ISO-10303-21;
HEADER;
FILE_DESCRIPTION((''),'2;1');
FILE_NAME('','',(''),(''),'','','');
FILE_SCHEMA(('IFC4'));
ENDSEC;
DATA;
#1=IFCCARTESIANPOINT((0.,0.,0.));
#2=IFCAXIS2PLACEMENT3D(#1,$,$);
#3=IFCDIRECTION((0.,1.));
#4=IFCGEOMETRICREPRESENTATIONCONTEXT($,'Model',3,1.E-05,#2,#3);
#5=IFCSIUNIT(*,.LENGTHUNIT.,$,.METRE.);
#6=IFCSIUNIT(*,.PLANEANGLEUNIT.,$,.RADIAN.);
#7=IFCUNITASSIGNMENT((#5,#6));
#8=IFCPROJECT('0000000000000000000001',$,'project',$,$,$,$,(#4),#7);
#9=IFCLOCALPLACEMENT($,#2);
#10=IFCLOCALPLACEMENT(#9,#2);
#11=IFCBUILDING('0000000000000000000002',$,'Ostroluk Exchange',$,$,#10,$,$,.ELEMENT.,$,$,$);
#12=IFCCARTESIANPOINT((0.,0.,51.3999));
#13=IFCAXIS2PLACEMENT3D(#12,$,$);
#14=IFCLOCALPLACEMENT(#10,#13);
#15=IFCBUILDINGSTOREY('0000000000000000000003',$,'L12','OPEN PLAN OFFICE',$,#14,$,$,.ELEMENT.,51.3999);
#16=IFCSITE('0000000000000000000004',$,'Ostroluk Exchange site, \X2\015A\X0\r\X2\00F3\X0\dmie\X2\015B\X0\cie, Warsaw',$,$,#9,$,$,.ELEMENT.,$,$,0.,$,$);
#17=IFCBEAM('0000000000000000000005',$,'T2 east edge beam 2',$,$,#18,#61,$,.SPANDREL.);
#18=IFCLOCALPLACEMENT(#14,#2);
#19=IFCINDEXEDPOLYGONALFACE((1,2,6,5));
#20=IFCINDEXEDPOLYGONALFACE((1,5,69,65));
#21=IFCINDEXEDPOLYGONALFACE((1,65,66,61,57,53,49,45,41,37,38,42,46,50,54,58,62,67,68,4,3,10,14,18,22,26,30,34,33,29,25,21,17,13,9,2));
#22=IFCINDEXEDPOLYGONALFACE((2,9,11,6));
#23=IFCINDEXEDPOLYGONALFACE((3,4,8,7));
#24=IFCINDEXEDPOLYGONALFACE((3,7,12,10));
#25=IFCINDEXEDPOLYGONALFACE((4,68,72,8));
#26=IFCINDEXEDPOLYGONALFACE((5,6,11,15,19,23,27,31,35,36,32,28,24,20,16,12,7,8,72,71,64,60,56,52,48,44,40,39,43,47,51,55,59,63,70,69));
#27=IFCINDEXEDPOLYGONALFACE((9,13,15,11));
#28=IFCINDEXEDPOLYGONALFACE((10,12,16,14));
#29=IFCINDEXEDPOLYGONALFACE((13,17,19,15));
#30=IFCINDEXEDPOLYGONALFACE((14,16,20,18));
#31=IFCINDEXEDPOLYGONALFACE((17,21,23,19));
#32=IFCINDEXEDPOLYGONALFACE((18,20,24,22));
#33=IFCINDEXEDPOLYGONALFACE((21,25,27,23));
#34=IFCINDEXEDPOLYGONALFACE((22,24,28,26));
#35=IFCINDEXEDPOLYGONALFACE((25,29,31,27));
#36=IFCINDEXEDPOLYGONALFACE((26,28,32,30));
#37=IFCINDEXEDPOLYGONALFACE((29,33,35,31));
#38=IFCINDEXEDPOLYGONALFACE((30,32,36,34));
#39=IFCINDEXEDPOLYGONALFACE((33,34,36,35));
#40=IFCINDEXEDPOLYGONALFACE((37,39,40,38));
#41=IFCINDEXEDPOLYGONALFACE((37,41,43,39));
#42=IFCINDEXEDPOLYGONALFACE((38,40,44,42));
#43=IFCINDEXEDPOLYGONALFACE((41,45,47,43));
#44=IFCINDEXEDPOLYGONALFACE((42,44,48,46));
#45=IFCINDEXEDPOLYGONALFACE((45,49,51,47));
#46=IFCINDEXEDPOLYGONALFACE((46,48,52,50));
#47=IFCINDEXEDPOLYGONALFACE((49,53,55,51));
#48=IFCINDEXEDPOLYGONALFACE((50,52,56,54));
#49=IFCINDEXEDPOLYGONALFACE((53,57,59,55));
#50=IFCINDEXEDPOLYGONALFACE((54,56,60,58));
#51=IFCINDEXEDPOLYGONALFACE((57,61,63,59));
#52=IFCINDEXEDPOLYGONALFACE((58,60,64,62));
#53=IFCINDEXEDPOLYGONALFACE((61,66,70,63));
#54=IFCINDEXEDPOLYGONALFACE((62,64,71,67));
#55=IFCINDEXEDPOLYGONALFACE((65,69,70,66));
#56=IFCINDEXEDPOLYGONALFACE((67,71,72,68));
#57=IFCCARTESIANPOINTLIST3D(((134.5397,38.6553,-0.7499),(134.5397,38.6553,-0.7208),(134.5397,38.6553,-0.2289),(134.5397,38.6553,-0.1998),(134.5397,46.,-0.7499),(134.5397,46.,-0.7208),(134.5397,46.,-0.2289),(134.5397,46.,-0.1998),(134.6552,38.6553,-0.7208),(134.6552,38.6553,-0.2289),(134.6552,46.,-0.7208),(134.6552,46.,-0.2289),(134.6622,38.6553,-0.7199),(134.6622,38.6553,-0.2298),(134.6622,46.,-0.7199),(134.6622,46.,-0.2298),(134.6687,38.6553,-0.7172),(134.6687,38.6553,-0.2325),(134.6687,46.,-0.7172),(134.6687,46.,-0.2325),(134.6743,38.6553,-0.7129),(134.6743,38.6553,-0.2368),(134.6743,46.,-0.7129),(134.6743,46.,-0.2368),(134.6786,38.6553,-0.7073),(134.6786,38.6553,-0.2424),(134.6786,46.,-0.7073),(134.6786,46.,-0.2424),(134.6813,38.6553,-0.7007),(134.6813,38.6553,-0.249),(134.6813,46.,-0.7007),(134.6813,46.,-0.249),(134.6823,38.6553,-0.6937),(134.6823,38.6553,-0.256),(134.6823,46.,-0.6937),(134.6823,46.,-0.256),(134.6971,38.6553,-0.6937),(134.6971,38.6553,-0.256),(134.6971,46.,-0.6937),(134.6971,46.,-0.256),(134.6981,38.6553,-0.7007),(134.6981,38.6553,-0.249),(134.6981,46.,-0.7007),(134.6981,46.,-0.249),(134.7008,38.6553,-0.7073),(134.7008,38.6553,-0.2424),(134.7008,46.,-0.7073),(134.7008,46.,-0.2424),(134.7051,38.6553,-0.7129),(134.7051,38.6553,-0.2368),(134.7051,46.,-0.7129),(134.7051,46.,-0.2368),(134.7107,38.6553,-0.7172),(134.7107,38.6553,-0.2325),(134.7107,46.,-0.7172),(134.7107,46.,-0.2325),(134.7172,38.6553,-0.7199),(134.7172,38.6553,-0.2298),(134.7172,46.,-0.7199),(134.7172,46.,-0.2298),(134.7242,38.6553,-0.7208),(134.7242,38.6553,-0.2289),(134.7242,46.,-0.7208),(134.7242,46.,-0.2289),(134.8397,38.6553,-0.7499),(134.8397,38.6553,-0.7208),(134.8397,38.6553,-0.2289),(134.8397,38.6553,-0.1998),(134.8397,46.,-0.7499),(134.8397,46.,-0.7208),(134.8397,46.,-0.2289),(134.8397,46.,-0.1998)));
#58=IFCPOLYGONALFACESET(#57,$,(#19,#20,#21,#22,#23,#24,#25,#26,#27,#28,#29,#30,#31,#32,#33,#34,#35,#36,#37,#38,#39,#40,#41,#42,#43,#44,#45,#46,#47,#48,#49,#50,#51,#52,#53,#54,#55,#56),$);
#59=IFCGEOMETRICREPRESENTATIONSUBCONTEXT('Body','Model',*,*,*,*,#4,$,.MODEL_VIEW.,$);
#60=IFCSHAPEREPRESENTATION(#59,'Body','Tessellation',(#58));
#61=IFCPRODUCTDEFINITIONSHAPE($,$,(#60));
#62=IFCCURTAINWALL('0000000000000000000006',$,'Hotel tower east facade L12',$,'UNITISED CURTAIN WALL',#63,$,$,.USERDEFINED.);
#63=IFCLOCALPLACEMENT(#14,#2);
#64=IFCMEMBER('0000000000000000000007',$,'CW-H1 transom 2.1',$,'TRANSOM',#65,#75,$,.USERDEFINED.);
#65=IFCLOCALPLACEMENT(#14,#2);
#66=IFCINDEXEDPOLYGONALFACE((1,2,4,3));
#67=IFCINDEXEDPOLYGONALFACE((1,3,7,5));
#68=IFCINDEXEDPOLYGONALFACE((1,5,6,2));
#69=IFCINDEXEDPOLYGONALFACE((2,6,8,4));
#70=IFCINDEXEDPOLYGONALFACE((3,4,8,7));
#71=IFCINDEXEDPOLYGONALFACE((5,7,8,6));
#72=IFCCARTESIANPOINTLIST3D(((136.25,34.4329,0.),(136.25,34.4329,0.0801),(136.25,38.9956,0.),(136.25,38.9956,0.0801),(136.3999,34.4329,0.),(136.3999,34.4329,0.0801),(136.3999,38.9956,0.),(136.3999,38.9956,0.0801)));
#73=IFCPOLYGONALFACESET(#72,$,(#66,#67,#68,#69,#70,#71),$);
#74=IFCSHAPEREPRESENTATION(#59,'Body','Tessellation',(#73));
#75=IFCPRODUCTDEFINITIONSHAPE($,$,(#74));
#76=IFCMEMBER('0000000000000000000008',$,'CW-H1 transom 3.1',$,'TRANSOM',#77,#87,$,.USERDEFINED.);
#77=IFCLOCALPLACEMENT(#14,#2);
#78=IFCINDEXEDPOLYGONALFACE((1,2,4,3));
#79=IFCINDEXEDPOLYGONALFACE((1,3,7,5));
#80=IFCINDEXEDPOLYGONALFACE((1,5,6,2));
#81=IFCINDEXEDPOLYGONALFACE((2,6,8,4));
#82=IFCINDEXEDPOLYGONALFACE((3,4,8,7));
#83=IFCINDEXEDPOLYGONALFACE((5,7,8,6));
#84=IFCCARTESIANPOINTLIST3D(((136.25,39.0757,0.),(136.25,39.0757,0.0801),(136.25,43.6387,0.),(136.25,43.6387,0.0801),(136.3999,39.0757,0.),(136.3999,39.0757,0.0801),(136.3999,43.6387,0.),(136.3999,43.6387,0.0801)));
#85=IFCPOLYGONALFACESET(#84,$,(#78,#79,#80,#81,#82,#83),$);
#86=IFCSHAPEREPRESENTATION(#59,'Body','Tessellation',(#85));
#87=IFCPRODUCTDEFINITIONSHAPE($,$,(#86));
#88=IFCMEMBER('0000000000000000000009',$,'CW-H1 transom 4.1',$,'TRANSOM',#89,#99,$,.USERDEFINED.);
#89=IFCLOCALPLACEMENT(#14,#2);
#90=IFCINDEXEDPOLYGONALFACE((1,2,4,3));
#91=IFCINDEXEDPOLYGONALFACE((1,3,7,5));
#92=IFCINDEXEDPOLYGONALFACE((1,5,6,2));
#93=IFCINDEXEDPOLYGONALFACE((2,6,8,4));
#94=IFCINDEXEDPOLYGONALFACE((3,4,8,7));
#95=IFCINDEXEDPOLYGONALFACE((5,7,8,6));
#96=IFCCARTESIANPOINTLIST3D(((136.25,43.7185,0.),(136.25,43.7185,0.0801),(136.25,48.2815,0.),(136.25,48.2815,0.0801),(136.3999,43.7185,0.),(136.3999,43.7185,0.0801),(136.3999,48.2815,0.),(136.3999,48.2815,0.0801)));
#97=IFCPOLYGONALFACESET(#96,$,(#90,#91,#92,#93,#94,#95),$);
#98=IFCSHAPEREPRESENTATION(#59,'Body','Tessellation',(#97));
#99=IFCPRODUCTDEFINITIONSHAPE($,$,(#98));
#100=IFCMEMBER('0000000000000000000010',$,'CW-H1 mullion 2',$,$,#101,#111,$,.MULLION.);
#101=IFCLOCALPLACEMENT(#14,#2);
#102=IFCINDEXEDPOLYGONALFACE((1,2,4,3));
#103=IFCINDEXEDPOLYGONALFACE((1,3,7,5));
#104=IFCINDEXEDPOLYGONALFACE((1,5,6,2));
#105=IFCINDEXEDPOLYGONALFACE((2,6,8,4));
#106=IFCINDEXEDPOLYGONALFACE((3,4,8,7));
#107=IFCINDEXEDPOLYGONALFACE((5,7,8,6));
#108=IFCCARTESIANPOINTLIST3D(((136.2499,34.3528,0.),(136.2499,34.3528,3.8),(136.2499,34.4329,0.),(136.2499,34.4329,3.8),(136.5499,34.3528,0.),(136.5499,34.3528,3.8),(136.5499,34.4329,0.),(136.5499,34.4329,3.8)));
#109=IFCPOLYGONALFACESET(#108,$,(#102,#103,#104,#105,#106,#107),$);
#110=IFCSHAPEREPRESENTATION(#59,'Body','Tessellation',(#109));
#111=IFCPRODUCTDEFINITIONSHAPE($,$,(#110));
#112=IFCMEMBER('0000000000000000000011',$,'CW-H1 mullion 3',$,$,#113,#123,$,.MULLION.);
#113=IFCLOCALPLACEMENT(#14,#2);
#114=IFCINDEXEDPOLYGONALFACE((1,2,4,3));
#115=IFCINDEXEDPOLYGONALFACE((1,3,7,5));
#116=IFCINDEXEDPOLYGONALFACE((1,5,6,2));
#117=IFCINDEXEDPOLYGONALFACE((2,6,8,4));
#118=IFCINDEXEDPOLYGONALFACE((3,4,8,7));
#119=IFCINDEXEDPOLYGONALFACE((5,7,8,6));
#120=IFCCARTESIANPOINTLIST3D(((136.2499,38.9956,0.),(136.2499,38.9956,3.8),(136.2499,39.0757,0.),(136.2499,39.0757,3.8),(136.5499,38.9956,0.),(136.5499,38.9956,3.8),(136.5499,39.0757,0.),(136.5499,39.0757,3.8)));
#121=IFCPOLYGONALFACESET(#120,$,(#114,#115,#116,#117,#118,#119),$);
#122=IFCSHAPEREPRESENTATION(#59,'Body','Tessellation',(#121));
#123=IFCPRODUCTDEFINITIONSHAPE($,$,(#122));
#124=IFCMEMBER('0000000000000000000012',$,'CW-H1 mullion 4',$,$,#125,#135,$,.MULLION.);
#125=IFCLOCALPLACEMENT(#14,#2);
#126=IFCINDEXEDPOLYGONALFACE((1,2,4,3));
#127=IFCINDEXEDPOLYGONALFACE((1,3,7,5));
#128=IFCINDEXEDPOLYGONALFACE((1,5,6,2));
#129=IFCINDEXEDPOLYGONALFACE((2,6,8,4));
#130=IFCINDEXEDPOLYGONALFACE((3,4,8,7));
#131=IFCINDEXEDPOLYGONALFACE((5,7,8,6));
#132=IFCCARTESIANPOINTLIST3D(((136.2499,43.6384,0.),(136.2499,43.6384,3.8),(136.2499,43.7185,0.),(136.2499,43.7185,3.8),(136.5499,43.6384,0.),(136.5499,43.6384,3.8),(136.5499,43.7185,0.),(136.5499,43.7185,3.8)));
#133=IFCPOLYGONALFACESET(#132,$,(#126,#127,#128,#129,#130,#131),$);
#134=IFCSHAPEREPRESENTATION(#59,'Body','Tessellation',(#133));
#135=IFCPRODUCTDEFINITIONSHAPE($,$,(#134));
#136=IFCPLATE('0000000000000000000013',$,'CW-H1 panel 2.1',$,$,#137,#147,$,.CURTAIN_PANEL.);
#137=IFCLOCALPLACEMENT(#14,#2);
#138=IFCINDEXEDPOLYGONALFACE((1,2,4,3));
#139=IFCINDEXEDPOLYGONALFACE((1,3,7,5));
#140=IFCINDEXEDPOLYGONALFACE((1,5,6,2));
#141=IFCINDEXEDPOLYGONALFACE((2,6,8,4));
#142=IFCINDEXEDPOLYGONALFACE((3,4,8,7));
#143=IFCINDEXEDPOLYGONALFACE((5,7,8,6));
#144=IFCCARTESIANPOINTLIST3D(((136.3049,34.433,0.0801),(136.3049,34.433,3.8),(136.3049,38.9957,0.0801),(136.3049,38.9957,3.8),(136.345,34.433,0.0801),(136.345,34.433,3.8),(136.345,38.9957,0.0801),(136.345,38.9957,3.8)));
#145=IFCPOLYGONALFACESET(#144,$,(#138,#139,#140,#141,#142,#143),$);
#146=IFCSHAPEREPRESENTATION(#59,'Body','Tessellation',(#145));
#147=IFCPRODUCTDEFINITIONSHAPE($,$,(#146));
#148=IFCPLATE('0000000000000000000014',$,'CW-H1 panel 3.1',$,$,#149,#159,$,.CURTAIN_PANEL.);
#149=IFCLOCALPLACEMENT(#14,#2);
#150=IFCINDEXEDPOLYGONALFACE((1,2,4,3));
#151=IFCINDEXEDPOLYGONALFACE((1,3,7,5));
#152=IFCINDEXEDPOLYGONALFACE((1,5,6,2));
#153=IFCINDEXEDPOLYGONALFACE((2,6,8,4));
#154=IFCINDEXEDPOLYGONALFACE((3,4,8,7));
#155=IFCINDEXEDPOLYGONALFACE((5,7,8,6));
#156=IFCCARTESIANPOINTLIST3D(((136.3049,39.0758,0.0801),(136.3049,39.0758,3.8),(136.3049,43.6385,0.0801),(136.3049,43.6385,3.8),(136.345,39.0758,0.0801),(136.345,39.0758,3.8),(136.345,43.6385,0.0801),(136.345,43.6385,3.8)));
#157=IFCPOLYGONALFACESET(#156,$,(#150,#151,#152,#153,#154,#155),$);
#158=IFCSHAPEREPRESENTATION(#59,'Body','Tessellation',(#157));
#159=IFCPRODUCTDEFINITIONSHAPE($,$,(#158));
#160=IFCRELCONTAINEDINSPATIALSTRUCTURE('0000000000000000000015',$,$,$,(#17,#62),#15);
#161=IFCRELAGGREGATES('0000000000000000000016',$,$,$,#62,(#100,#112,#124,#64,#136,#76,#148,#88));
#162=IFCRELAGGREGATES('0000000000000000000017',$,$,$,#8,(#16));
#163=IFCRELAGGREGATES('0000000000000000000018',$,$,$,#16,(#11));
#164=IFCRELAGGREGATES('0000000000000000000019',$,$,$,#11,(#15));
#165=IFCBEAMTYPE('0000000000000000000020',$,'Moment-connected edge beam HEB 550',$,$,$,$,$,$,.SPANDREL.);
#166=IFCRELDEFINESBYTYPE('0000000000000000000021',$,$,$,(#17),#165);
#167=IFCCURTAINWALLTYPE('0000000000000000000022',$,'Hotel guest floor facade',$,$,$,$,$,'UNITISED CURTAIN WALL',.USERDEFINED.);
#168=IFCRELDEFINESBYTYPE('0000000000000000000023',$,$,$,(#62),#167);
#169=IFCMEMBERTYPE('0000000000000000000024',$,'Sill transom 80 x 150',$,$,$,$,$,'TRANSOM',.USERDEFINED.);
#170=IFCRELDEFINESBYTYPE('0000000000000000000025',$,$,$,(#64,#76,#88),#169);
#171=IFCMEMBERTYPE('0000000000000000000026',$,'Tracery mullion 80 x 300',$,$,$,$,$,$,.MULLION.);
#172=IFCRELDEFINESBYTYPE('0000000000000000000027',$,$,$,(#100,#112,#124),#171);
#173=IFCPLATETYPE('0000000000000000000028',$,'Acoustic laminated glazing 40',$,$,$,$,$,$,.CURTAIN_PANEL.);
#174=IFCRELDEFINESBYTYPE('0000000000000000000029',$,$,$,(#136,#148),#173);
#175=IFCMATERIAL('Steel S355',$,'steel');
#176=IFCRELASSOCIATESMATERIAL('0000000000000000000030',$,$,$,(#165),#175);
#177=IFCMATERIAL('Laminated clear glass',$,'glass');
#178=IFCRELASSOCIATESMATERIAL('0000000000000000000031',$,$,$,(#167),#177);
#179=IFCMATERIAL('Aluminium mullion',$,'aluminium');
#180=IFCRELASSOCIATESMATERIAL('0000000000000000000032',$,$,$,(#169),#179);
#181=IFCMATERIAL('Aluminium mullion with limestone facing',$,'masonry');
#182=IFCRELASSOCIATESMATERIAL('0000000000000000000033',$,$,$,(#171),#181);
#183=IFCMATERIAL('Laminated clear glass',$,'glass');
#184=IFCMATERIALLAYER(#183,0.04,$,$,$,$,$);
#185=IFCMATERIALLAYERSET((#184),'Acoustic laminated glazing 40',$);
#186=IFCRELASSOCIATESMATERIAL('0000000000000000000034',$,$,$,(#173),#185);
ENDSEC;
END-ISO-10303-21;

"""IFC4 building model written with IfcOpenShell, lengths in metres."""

from ifc_helpers import new_model, si_unit, direction, frame, origin, origin_2d, place, context, subcontext, project, spatial, rectangle, i_section, extrude, material, layer, layer_set, material_profile, profile_set, type_object, element, aggregate, save


model = new_model("IFC4")

# Units and contexts
model_context = context("Model", 3, precision=1e-05, world=origin(), true_north=direction((0.0, 1.0)))
body_context = subcontext(model_context, "Body", "Model", "MODEL_VIEW")
ifc_project = project(units=[si_unit("LENGTHUNIT", "METRE"), si_unit("PLANEANGLEUNIT", "RADIAN")], contexts=[model_context])

# Site, building, storey
site_placement = place(None, origin())
site = spatial("IfcSite", under=ifc_project, at=site_placement, Name="Ostroluk Exchange site, Śródmieście, Warsaw", CompositionType="ELEMENT", RefElevation=0.0)
building_placement = place(site_placement, origin())
building = spatial("IfcBuilding", under=site, at=building_placement, Name="Ostroluk Exchange", CompositionType="ELEMENT")
storey_placement = place(building_placement, frame((0.0, 0.0, 51.3999)))
storey = spatial("IfcBuildingStorey", under=building, at=storey_placement, Name="L12", Description="OPEN PLAN OFFICE", CompositionType="ELEMENT", Elevation=51.3999)

# Beam
ifc_material_1 = material(Name="Steel S355", Category="steel")
ifc_material_profile_1 = material_profile(ifc_material_1, i_section(OverallWidth=0.3, OverallDepth=0.55, WebThickness=0.0149, FlangeThickness=0.0291, FilletRadius=0.0271, at=origin_2d()), Name="HEB 550")
ifc_profile_set_1 = profile_set([ifc_material_profile_1], Name="Steel S355")
beam_type_1 = type_object("IfcBeamType", Name="Moment-connected edge beam HEB 550", PredefinedType="SPANDREL", material=ifc_profile_set_1)
beam_1_placement = place(storey_placement, frame((134.6897, 38.6553, -0.4749), z_axis=(0.0, 1.0, 0.0), x_axis=(-1.0, 0.0, 0.0)))
element("IfcBeam", 1, at=beam_1_placement, inside=storey, type_object=beam_type_1, Name="T2 east edge beam 2", PredefinedType="SPANDREL", context=body_context, shape_type="SweptSolid", body=[
    extrude(i_section(OverallWidth=0.3, OverallDepth=0.55, WebThickness=0.0149, FlangeThickness=0.0291, FilletRadius=0.0271, at=origin_2d()), origin(), (0.0, 0.0, 1.0), 7.3447),
])

# Curtain wall, members, plates
ifc_material_2 = material(Name="Laminated clear glass", Category="glass")
curtain_wall_type = type_object("IfcCurtainWallType", Name="Hotel guest floor facade", ElementType="UNITISED CURTAIN WALL", PredefinedType="USERDEFINED", material=ifc_material_2)
curtain_wall_placement = place(storey_placement, origin())
curtain_wall = element("IfcCurtainWall", 2, at=curtain_wall_placement, inside=storey, type_object=curtain_wall_type, Name="Hotel tower east facade L12", ObjectType="UNITISED CURTAIN WALL", PredefinedType="USERDEFINED")
ifc_material_3 = material(Name="Aluminium mullion", Category="aluminium")
ifc_material_profile_2 = material_profile(ifc_material_3, rectangle(XDim=0.1499, YDim=0.0801, at=origin_2d()), Name="Sill transom 80 x 150")
ifc_profile_set_2 = profile_set([ifc_material_profile_2], Name="Aluminium mullion")
member_type_1 = type_object("IfcMemberType", Name="Sill transom 80 x 150", ElementType="TRANSOM", PredefinedType="USERDEFINED", material=ifc_profile_set_2)
member_1_placement = place(storey_placement, frame((136.325, 34.4329, 0.04), z_axis=(0.0, 1.0, 0.0), x_axis=(-1.0, 0.0, 0.0)))
member_1 = element("IfcMember", 3, at=member_1_placement, type_object=member_type_1, Name="CW-H1 transom 2.1", ObjectType="TRANSOM", PredefinedType="USERDEFINED", context=body_context, shape_type="SweptSolid", body=[
    extrude(rectangle(XDim=0.1499, YDim=0.0801, at=origin_2d()), origin(), (0.0, 0.0, 1.0), 4.5627),
])
member_2_placement = place(storey_placement, frame((136.325, 39.0757, 0.04), z_axis=(0.0, 1.0, 0.0), x_axis=(-1.0, 0.0, 0.0)))
member_2 = element("IfcMember", 4, at=member_2_placement, type_object=member_type_1, Name="CW-H1 transom 3.1", ObjectType="TRANSOM", PredefinedType="USERDEFINED", context=body_context, shape_type="SweptSolid", body=[
    extrude(rectangle(XDim=0.1499, YDim=0.0801, at=origin_2d()), origin(), (0.0, 0.0, 1.0), 4.563),
])
member_3_placement = place(storey_placement, frame((136.325, 43.7185, 0.04), z_axis=(0.0, 1.0, 0.0), x_axis=(-1.0, 0.0, 0.0)))
member_3 = element("IfcMember", 5, at=member_3_placement, type_object=member_type_1, Name="CW-H1 transom 4.1", ObjectType="TRANSOM", PredefinedType="USERDEFINED", context=body_context, shape_type="SweptSolid", body=[
    extrude(rectangle(XDim=0.1499, YDim=0.0801, at=origin_2d()), origin(), (0.0, 0.0, 1.0), 4.563),
])
ifc_material_4 = material(Name="Aluminium mullion with limestone facing", Category="masonry")
ifc_material_profile_3 = material_profile(ifc_material_4, rectangle(XDim=0.3, YDim=0.0801, at=origin_2d()), Name="Tracery mullion 80 x 300")
ifc_profile_set_3 = profile_set([ifc_material_profile_3], Name="Aluminium mullion with limestone facing")
member_type_2 = type_object("IfcMemberType", Name="Tracery mullion 80 x 300", PredefinedType="MULLION", material=ifc_profile_set_3)
member_4_placement = place(storey_placement, frame((136.3999, 34.3928, 0.0), z_axis=(0.0, 0.0, 1.0), x_axis=(-1.0, 0.0, 0.0)))
member_4 = element("IfcMember", 6, at=member_4_placement, type_object=member_type_2, Name="CW-H1 mullion 2", PredefinedType="MULLION", context=body_context, shape_type="SweptSolid", body=[
    extrude(rectangle(XDim=0.3, YDim=0.0801, at=origin_2d()), origin(), (0.0, 0.0, 1.0), 3.8),
])
member_5_placement = place(storey_placement, frame((136.3999, 39.0356, 0.0), z_axis=(0.0, 0.0, 1.0), x_axis=(-1.0, 0.0, 0.0)))
member_5 = element("IfcMember", 7, at=member_5_placement, type_object=member_type_2, Name="CW-H1 mullion 3", PredefinedType="MULLION", context=body_context, shape_type="SweptSolid", body=[
    extrude(rectangle(XDim=0.3, YDim=0.0801, at=origin_2d()), origin(), (0.0, 0.0, 1.0), 3.8),
])
member_6_placement = place(storey_placement, frame((136.3999, 43.6785, 0.0), z_axis=(0.0, 0.0, 1.0), x_axis=(-1.0, 0.0, 0.0)))
member_6 = element("IfcMember", 8, at=member_6_placement, type_object=member_type_2, Name="CW-H1 mullion 4", PredefinedType="MULLION", context=body_context, shape_type="SweptSolid", body=[
    extrude(rectangle(XDim=0.3, YDim=0.0801, at=origin_2d()), origin(), (0.0, 0.0, 1.0), 3.8),
])
ifc_material_5 = material(Name="Laminated clear glass", Category="glass")
ifc_layer_1 = layer(ifc_material_5, 0.04)
ifc_layer_set_1 = layer_set([ifc_layer_1], Name="Acoustic laminated glazing 40")
plate_type = type_object("IfcPlateType", Name="Acoustic laminated glazing 40", PredefinedType="CURTAIN_PANEL", material=ifc_layer_set_1)
plate_1_placement = place(storey_placement, frame((136.325, 36.7144, 0.0801), z_axis=(0.0, 0.0, 1.0), x_axis=(0.0, 1.0, 0.0)))
plate_1 = element("IfcPlate", 9, at=plate_1_placement, type_object=plate_type, Name="CW-H1 panel 2.1", PredefinedType="CURTAIN_PANEL", context=body_context, shape_type="SweptSolid", body=[
    extrude(rectangle(XDim=4.5627, YDim=0.04, at=origin_2d()), origin(), (0.0, 0.0, 1.0), 3.72),
])
plate_2_placement = place(storey_placement, frame((136.325, 41.3572, 0.0801), z_axis=(0.0, 0.0, 1.0), x_axis=(0.0, 1.0, 0.0)))
plate_2 = element("IfcPlate", 10, at=plate_2_placement, type_object=plate_type, Name="CW-H1 panel 3.1", PredefinedType="CURTAIN_PANEL", context=body_context, shape_type="SweptSolid", body=[
    extrude(rectangle(XDim=4.5627, YDim=0.04, at=origin_2d()), origin(), (0.0, 0.0, 1.0), 3.72),
])
aggregate(curtain_wall, [member_4, member_5, member_6, member_1, plate_1, member_2, plate_2, member_3])

save(model, "model.ifc")
